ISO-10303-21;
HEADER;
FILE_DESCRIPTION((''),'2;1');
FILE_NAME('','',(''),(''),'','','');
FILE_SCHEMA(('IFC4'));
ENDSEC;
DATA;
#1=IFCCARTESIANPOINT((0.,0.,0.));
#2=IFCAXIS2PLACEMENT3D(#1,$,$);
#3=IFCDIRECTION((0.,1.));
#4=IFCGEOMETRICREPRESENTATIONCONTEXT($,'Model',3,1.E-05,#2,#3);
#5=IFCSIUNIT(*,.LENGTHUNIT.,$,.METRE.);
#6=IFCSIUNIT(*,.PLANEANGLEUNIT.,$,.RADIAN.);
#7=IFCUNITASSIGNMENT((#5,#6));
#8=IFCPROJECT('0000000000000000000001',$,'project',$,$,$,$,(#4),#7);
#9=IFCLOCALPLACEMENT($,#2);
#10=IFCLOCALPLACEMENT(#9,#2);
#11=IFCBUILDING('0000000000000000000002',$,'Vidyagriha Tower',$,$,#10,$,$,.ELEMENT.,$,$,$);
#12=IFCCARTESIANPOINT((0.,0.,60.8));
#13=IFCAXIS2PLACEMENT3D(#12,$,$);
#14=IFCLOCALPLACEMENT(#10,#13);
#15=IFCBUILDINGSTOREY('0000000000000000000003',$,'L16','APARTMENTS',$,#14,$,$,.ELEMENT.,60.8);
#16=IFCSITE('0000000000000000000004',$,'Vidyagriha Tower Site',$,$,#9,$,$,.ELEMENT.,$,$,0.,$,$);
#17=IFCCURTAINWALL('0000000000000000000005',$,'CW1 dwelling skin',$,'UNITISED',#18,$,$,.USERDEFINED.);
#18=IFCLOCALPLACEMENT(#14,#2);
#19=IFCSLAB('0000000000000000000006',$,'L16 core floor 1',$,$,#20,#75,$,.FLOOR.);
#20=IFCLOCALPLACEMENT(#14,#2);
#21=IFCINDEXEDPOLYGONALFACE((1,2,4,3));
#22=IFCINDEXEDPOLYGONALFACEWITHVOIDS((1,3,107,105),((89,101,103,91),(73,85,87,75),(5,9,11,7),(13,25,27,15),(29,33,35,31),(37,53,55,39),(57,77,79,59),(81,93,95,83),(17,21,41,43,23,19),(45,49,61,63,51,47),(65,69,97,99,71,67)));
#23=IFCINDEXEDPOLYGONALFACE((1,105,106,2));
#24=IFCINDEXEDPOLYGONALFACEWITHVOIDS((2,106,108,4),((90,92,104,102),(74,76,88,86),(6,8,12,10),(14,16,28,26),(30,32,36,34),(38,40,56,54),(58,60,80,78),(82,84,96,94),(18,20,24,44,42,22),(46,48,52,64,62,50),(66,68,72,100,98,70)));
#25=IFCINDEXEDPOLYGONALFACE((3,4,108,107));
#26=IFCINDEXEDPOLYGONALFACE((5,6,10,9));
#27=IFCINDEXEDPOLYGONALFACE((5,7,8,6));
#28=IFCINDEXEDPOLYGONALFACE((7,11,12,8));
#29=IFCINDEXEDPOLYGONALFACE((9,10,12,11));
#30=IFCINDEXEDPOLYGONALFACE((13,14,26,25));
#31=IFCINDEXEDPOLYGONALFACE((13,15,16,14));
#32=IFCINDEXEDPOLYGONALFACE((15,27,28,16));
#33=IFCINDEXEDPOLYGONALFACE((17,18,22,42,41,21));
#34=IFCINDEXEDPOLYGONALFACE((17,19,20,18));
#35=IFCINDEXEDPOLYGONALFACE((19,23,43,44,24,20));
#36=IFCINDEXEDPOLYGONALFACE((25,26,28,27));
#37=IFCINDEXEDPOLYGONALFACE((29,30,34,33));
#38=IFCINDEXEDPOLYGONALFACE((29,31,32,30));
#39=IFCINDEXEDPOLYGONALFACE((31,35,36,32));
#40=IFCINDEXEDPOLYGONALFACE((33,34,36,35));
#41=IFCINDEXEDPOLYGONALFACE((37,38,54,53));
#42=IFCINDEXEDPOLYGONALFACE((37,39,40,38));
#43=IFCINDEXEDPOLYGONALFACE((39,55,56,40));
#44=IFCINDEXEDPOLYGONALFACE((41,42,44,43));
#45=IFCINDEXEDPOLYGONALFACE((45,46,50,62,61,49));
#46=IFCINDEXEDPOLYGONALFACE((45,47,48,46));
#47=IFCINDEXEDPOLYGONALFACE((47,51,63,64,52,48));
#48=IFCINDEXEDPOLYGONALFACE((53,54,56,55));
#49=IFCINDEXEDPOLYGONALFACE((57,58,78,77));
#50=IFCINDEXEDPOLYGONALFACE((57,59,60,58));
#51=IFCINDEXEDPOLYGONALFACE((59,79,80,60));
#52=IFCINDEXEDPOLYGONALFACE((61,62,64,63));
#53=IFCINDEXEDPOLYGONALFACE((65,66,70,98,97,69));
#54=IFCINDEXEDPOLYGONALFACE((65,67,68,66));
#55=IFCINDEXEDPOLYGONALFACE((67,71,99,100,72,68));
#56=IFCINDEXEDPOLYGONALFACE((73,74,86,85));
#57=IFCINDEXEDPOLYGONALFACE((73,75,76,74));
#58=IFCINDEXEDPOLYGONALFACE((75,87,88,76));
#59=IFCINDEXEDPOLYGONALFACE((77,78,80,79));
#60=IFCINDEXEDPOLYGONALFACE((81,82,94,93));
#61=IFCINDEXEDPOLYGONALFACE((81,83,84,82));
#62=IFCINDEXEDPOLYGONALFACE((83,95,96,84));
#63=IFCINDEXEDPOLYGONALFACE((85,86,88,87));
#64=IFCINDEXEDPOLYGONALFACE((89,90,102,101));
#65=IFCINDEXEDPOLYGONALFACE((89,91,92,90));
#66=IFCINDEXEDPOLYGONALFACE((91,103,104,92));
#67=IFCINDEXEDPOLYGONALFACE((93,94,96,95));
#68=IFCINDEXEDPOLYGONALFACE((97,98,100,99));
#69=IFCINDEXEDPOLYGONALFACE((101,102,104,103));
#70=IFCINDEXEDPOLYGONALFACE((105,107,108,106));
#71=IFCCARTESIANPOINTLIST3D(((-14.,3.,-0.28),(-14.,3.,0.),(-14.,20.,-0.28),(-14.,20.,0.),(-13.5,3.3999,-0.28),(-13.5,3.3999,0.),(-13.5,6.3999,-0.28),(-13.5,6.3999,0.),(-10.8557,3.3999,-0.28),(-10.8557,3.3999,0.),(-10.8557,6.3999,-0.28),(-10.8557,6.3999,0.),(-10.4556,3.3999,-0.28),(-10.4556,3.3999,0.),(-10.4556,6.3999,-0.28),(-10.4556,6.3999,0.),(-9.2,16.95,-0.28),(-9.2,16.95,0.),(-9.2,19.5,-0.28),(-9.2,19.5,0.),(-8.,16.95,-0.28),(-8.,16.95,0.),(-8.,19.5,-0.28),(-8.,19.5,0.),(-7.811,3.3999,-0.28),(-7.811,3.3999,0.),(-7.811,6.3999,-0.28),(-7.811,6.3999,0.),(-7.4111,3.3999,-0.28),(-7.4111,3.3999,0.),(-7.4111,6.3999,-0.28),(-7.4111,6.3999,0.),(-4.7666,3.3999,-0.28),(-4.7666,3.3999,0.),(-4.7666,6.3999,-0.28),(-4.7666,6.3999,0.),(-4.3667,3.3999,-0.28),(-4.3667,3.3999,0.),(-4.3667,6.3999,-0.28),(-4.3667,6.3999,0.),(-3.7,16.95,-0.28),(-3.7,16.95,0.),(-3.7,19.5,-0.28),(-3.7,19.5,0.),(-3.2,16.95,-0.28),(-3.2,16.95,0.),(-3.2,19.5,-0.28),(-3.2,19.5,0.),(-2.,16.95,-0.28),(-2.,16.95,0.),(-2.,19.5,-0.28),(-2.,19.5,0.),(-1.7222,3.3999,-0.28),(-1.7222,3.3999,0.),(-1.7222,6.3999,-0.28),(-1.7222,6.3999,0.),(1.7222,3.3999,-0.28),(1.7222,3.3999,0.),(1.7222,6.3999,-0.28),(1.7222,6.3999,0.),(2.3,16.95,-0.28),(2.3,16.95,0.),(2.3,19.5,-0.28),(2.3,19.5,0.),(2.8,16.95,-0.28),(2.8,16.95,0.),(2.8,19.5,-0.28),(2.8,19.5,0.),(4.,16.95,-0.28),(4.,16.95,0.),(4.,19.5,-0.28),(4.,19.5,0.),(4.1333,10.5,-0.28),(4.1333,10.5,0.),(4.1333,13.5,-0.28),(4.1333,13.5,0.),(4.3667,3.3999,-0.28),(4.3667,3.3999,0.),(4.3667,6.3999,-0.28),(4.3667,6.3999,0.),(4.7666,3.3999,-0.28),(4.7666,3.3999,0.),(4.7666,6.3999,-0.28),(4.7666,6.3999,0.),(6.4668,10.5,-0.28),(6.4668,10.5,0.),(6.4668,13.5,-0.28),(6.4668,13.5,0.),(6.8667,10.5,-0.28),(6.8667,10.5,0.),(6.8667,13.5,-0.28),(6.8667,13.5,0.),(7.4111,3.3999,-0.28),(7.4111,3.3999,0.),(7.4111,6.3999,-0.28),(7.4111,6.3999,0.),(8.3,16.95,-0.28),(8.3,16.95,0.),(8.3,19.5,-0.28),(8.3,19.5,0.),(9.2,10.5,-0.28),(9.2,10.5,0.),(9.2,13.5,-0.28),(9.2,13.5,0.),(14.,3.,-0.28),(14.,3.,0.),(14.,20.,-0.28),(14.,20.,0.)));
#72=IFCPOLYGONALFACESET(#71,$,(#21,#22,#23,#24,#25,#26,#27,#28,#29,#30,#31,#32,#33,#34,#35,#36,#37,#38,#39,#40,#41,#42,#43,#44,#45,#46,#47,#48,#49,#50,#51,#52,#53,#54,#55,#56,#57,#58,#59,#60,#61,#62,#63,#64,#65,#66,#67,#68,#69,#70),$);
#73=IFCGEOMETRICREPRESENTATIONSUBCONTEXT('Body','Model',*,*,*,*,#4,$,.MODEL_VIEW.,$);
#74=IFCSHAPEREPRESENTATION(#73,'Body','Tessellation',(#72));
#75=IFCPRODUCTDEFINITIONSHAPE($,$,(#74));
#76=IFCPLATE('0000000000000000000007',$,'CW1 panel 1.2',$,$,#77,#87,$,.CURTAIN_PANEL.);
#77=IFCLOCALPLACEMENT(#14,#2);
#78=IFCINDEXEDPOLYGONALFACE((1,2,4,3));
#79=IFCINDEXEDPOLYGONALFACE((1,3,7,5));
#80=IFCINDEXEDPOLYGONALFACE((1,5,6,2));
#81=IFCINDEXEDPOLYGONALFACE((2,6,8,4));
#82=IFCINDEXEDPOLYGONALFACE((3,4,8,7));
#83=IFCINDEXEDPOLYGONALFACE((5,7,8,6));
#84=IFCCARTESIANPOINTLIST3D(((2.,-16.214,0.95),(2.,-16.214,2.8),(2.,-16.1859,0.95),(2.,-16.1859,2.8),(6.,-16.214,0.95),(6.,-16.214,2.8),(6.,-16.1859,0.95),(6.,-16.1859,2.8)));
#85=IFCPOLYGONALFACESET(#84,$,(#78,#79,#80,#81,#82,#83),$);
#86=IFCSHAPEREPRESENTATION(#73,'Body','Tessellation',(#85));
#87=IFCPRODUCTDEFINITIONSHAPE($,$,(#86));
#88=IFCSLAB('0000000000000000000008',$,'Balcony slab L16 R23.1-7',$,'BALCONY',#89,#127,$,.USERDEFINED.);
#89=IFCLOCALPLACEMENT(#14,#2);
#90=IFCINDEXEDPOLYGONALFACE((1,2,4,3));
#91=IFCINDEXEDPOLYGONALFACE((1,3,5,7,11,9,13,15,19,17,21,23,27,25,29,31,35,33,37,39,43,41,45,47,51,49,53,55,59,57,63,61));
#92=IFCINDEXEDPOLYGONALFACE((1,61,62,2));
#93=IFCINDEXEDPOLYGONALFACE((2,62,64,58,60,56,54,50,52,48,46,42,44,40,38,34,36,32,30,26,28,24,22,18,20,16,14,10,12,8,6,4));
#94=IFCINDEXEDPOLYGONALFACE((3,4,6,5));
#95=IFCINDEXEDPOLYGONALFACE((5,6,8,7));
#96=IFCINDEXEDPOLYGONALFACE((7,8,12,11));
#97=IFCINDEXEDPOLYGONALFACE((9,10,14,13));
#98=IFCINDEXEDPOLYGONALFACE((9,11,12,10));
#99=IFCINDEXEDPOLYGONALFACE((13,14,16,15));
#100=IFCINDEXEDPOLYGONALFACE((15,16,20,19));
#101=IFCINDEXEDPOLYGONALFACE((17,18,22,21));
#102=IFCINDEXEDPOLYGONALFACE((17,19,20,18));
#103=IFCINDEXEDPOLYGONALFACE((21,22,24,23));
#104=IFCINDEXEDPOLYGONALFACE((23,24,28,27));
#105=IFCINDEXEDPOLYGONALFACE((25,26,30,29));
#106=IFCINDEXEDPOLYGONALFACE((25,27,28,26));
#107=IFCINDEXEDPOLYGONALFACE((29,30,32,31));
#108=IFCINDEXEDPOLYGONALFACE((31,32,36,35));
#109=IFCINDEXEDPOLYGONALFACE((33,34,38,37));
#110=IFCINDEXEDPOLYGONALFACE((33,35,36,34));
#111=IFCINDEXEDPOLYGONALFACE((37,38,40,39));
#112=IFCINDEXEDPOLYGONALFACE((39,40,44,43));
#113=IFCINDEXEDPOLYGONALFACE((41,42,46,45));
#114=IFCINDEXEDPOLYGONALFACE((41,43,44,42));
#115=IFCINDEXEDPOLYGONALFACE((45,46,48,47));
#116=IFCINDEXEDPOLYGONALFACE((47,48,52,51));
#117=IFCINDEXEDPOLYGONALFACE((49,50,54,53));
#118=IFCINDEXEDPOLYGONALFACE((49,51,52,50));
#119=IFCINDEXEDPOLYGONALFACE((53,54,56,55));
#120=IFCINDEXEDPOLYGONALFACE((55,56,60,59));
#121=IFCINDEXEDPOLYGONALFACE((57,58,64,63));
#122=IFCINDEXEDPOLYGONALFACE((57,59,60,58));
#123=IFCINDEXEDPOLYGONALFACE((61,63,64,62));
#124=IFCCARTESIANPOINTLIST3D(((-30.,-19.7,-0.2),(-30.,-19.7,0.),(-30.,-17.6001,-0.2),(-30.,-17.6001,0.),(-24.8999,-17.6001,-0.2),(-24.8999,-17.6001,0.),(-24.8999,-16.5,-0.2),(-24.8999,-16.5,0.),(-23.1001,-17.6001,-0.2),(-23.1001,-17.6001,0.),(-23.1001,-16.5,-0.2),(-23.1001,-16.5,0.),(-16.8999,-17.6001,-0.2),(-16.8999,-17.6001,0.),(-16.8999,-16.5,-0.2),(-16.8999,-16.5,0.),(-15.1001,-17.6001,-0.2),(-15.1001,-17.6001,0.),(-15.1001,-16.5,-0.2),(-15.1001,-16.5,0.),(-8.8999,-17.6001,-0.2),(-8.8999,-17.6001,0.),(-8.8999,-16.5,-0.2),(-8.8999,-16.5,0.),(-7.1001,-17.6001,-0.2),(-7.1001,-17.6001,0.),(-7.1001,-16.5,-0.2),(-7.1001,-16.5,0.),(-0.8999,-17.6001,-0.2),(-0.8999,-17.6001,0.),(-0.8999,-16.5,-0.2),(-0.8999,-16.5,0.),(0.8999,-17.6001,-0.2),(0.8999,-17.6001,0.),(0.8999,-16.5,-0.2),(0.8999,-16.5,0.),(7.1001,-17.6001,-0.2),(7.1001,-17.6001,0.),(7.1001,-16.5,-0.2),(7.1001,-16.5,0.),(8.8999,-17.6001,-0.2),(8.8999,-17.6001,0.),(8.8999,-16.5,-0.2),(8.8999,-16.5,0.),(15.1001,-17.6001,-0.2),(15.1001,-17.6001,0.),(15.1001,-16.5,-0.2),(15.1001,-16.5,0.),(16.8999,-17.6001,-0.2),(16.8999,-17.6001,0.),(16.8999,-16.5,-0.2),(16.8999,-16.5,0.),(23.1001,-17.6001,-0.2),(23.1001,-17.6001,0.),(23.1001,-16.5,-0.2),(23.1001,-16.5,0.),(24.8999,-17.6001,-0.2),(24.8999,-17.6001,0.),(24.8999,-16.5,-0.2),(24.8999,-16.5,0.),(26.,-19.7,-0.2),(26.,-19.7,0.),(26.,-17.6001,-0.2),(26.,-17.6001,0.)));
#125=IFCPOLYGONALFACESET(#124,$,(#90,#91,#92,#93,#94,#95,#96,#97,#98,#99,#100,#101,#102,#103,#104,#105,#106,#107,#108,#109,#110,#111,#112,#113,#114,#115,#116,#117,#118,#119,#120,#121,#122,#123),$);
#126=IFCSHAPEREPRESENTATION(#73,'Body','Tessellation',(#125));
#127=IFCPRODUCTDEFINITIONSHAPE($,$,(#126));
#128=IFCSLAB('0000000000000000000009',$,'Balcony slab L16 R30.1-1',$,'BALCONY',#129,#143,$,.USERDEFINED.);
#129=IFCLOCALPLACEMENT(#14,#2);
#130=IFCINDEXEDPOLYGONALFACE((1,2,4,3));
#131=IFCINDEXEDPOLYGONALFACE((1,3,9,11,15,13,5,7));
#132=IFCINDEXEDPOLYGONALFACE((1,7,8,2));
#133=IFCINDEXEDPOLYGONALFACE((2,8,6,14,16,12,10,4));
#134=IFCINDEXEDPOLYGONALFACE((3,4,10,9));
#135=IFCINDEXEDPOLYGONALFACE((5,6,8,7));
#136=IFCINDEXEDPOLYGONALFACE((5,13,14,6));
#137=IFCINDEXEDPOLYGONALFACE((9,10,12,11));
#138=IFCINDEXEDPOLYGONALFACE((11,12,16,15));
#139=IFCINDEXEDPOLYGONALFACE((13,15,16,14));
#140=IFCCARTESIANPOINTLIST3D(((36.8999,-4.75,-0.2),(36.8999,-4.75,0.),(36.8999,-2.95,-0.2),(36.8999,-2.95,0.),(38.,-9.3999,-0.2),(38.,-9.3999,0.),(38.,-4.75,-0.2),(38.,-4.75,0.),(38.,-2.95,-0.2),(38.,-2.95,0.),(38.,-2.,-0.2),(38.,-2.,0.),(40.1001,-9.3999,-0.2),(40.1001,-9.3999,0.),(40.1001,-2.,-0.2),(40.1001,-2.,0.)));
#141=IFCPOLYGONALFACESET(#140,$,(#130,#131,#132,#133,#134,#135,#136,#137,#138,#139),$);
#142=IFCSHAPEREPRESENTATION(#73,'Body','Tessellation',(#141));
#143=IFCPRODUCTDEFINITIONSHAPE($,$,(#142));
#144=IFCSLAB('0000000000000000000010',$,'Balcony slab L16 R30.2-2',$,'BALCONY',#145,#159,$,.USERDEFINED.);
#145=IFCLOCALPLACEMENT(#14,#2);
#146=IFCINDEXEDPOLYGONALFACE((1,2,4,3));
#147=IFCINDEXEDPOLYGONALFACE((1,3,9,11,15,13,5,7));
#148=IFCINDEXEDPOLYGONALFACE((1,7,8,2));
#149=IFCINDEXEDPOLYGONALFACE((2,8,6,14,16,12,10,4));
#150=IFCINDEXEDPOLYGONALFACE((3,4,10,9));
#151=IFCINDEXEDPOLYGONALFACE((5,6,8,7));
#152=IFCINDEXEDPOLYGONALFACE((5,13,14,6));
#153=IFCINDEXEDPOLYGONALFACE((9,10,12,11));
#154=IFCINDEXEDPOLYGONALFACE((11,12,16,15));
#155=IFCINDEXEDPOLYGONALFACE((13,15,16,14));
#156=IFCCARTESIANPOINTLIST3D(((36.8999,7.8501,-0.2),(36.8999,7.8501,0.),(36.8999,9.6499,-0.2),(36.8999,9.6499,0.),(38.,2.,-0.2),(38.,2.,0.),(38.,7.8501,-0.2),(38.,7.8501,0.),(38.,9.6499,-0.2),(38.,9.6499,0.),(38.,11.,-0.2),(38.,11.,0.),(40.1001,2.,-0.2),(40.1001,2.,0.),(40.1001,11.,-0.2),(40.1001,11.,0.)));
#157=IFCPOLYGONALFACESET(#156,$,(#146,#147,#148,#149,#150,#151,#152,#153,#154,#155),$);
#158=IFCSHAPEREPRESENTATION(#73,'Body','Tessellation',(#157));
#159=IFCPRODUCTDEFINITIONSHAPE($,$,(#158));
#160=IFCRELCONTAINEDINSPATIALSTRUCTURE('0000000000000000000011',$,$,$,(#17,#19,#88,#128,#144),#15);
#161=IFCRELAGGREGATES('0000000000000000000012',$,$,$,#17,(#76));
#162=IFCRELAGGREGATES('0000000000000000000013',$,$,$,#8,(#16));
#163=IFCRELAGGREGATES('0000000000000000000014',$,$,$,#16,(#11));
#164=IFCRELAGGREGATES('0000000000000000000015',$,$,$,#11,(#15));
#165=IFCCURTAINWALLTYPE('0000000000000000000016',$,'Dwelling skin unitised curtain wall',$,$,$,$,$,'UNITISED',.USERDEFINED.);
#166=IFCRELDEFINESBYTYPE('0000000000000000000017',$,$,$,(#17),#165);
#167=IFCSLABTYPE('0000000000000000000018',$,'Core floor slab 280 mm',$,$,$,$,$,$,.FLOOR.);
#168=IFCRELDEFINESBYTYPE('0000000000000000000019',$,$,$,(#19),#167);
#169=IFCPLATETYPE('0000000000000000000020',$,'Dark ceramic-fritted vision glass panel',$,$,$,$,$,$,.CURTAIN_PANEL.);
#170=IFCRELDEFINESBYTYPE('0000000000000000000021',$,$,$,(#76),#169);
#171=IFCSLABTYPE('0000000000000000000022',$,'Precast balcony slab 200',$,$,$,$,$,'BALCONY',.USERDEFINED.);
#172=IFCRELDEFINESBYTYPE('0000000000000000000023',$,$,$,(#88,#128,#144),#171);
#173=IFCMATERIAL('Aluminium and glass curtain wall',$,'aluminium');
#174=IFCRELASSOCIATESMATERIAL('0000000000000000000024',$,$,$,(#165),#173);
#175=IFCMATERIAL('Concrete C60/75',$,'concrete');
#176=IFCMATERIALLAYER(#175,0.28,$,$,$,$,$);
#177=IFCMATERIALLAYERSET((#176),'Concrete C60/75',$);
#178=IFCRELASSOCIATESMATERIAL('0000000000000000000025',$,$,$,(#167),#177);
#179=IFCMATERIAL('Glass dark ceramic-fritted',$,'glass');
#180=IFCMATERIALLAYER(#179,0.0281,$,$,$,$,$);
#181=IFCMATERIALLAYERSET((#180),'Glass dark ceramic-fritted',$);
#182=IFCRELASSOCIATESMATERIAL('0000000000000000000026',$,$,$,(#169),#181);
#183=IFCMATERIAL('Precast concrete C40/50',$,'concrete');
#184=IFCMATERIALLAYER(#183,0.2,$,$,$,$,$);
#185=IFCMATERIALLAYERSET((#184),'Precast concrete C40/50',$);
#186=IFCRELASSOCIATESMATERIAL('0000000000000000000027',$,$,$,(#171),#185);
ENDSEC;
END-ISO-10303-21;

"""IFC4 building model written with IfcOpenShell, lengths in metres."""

from ifc_helpers import new_model, si_unit, direction, frame, origin, origin_2d, place, context, subcontext, project, spatial, polyline, rectangle, outline, extrude, material, layer, layer_set, type_object, element, aggregate, save


model = new_model("IFC4")

# Units and contexts
model_context = context("Model", 3, precision=1e-05, world=origin(), true_north=direction((0.0, 1.0)))
body_context = subcontext(model_context, "Body", "Model", "MODEL_VIEW")
ifc_project = project(units=[si_unit("LENGTHUNIT", "METRE"), si_unit("PLANEANGLEUNIT", "RADIAN")], contexts=[model_context])

# Site, building, storey
site_placement = place(None, origin())
site = spatial("IfcSite", under=ifc_project, at=site_placement, Name="Vidyagriha Tower Site", CompositionType="ELEMENT", RefElevation=0.0)
building_placement = place(site_placement, origin())
building = spatial("IfcBuilding", under=site, at=building_placement, Name="Vidyagriha Tower", CompositionType="ELEMENT")
storey_placement = place(building_placement, frame((0.0, 0.0, 60.8)))
storey = spatial("IfcBuildingStorey", under=building, at=storey_placement, Name="L16", Description="APARTMENTS", CompositionType="ELEMENT", Elevation=60.8)

# Curtain wall
ifc_material_1 = material(Name="Aluminium and glass curtain wall", Category="aluminium")
curtain_wall_type = type_object("IfcCurtainWallType", Name="Dwelling skin unitised curtain wall", ElementType="UNITISED", PredefinedType="USERDEFINED", material=ifc_material_1)
curtain_wall_1_placement = place(storey_placement, origin())
curtain_wall_1 = element("IfcCurtainWall", 1, at=curtain_wall_1_placement, inside=storey, type_object=curtain_wall_type, Name="CW1 dwelling skin", ObjectType="UNITISED", PredefinedType="USERDEFINED")

# Slab
ifc_material_2 = material(Name="Concrete C60/75", Category="concrete")
ifc_layer_1 = layer(ifc_material_2, 0.28)
ifc_layer_set_1 = layer_set([ifc_layer_1], Name="Concrete C60/75")
slab_type_1 = type_object("IfcSlabType", Name="Core floor slab 280 mm", PredefinedType="FLOOR", material=ifc_layer_set_1)
slab_1_placement = place(storey_placement, frame((0.0, 0.0, -0.28)))
element("IfcSlab", 2, at=slab_1_placement, inside=storey, type_object=slab_type_1, Name="L16 core floor 1", PredefinedType="FLOOR", context=body_context, shape_type="SweptSolid", body=[
    extrude(outline(polyline([(-14.0, 3.0), (-14.0, 20.0), (14.0, 20.0), (14.0, 3.0), (-14.0, 3.0)]), holes=[polyline([(9.2, 13.5), (6.8667, 13.5), (6.8667, 10.5), (9.2, 10.5), (9.2, 13.5)]), polyline([(4.0, 19.5), (2.8, 19.5), (2.8, 16.95), (4.0, 16.95), (8.3, 16.95), (8.3, 19.5), (4.0, 19.5)]), polyline([(7.4111, 6.3999), (4.7666, 6.3999), (4.7666, 3.3999), (7.4111, 3.3999), (7.4111, 6.3999)]), polyline([(6.4668, 13.5), (4.1333, 13.5), (4.1333, 10.5), (6.4668, 10.5), (6.4668, 13.5)]), polyline([(1.7222, 6.3999), (1.7222, 3.3999), (4.3667, 3.3999), (4.3667, 6.3999), (1.7222, 6.3999)]), polyline([(-2.0, 16.95), (2.3, 16.95), (2.3, 19.5), (-2.0, 19.5), (-3.2, 19.5), (-3.2, 16.95), (-2.0, 16.95)]), polyline([(-1.7222, 6.3999), (-4.3667, 6.3999), (-4.3667, 3.3999), (-1.7222, 3.3999), (-1.7222, 6.3999)]), polyline([(-8.0, 19.5), (-9.2, 19.5), (-9.2, 16.95), (-8.0, 16.95), (-3.7, 16.95), (-3.7, 19.5), (-8.0, 19.5)]), polyline([(-4.7666, 6.3999), (-7.4111, 6.3999), (-7.4111, 3.3999), (-4.7666, 3.3999), (-4.7666, 6.3999)]), polyline([(-7.811, 6.3999), (-10.4556, 6.3999), (-10.4556, 3.3999), (-7.811, 3.3999), (-7.811, 6.3999)]), polyline([(-13.5, 6.3999), (-13.5, 3.3999), (-10.8557, 3.3999), (-10.8557, 6.3999), (-13.5, 6.3999)])]), origin(), (0.0, 0.0, 1.0), 0.28),
])

# Plate
ifc_material_3 = material(Name="Glass dark ceramic-fritted", Category="glass")
ifc_layer_2 = layer(ifc_material_3, 0.0281)
ifc_layer_set_2 = layer_set([ifc_layer_2], Name="Glass dark ceramic-fritted")
plate_type_1 = type_object("IfcPlateType", Name="Dark ceramic-fritted vision glass panel", PredefinedType="CURTAIN_PANEL", material=ifc_layer_set_2)
plate_1_placement = place(storey_placement, frame((4.0, -16.2, 0.95)))
plate_1 = element("IfcPlate", 3, at=plate_1_placement, type_object=plate_type_1, Name="CW1 panel 1.2", PredefinedType="CURTAIN_PANEL", context=body_context, shape_type="SweptSolid", body=[
    extrude(rectangle(XDim=4.0, YDim=0.0281, at=origin_2d()), origin(), (0.0, 0.0, 1.0), 1.8501),
])
aggregate(curtain_wall_1, [plate_1])

# Slabs
ifc_material_4 = material(Name="Precast concrete C40/50", Category="concrete")
ifc_layer_3 = layer(ifc_material_4, 0.2)
ifc_layer_set_3 = layer_set([ifc_layer_3], Name="Precast concrete C40/50")
slab_type_2 = type_object("IfcSlabType", Name="Precast balcony slab 200", ElementType="BALCONY", PredefinedType="USERDEFINED", material=ifc_layer_set_3)
slab_2_placement = place(storey_placement, frame((0.0, 0.0, -0.2)))
element("IfcSlab", 4, at=slab_2_placement, inside=storey, type_object=slab_type_2, Name="Balcony slab L16 R23.1-7", ObjectType="BALCONY", PredefinedType="USERDEFINED", context=body_context, shape_type="SweptSolid", body=[
    extrude(outline(polyline([(-23.1001, -16.5), (-24.8999, -16.5), (-24.8999, -17.6001), (-30.0, -17.6001), (-30.0, -19.7), (26.0, -19.7), (26.0, -17.6001), (24.8999, -17.6001), (24.8999, -16.5), (23.1001, -16.5), (23.1001, -17.6001), (16.8999, -17.6001), (16.8999, -16.5), (15.1001, -16.5), (15.1001, -17.6001), (8.8999, -17.6001), (8.8999, -16.5), (7.1001, -16.5), (7.1001, -17.6001), (0.8999, -17.6001), (0.8999, -16.5), (-0.8999, -16.5), (-0.8999, -17.6001), (-7.1001, -17.6001), (-7.1001, -16.5), (-8.8999, -16.5), (-8.8999, -17.6001), (-15.1001, -17.6001), (-15.1001, -16.5), (-16.8999, -16.5), (-16.8999, -17.6001), (-23.1001, -17.6001), (-23.1001, -16.5)])), origin(), (0.0, 0.0, 1.0), 0.2),
])
slab_3_placement = place(storey_placement, frame((0.0, 0.0, -0.2)))
element("IfcSlab", 5, at=slab_3_placement, inside=storey, type_object=slab_type_2, Name="Balcony slab L16 R30.1-1", ObjectType="BALCONY", PredefinedType="USERDEFINED", context=body_context, shape_type="SweptSolid", body=[
    extrude(outline(polyline([(38.0, -4.75), (38.0, -9.3999), (40.1001, -9.3999), (40.1001, -2.0), (38.0, -2.0), (38.0, -2.95), (36.8999, -2.95), (36.8999, -4.75), (38.0, -4.75)])), origin(), (0.0, 0.0, 1.0), 0.2),
])
slab_4_placement = place(storey_placement, frame((0.0, 0.0, -0.2)))
element("IfcSlab", 6, at=slab_4_placement, inside=storey, type_object=slab_type_2, Name="Balcony slab L16 R30.2-2", ObjectType="BALCONY", PredefinedType="USERDEFINED", context=body_context, shape_type="SweptSolid", body=[
    extrude(outline(polyline([(38.0, 7.8501), (38.0, 2.0), (40.1001, 2.0), (40.1001, 11.0), (38.0, 11.0), (38.0, 9.6499), (36.8999, 9.6499), (36.8999, 7.8501), (38.0, 7.8501)])), origin(), (0.0, 0.0, 1.0), 0.2),
])

save(model, "model.ifc")
